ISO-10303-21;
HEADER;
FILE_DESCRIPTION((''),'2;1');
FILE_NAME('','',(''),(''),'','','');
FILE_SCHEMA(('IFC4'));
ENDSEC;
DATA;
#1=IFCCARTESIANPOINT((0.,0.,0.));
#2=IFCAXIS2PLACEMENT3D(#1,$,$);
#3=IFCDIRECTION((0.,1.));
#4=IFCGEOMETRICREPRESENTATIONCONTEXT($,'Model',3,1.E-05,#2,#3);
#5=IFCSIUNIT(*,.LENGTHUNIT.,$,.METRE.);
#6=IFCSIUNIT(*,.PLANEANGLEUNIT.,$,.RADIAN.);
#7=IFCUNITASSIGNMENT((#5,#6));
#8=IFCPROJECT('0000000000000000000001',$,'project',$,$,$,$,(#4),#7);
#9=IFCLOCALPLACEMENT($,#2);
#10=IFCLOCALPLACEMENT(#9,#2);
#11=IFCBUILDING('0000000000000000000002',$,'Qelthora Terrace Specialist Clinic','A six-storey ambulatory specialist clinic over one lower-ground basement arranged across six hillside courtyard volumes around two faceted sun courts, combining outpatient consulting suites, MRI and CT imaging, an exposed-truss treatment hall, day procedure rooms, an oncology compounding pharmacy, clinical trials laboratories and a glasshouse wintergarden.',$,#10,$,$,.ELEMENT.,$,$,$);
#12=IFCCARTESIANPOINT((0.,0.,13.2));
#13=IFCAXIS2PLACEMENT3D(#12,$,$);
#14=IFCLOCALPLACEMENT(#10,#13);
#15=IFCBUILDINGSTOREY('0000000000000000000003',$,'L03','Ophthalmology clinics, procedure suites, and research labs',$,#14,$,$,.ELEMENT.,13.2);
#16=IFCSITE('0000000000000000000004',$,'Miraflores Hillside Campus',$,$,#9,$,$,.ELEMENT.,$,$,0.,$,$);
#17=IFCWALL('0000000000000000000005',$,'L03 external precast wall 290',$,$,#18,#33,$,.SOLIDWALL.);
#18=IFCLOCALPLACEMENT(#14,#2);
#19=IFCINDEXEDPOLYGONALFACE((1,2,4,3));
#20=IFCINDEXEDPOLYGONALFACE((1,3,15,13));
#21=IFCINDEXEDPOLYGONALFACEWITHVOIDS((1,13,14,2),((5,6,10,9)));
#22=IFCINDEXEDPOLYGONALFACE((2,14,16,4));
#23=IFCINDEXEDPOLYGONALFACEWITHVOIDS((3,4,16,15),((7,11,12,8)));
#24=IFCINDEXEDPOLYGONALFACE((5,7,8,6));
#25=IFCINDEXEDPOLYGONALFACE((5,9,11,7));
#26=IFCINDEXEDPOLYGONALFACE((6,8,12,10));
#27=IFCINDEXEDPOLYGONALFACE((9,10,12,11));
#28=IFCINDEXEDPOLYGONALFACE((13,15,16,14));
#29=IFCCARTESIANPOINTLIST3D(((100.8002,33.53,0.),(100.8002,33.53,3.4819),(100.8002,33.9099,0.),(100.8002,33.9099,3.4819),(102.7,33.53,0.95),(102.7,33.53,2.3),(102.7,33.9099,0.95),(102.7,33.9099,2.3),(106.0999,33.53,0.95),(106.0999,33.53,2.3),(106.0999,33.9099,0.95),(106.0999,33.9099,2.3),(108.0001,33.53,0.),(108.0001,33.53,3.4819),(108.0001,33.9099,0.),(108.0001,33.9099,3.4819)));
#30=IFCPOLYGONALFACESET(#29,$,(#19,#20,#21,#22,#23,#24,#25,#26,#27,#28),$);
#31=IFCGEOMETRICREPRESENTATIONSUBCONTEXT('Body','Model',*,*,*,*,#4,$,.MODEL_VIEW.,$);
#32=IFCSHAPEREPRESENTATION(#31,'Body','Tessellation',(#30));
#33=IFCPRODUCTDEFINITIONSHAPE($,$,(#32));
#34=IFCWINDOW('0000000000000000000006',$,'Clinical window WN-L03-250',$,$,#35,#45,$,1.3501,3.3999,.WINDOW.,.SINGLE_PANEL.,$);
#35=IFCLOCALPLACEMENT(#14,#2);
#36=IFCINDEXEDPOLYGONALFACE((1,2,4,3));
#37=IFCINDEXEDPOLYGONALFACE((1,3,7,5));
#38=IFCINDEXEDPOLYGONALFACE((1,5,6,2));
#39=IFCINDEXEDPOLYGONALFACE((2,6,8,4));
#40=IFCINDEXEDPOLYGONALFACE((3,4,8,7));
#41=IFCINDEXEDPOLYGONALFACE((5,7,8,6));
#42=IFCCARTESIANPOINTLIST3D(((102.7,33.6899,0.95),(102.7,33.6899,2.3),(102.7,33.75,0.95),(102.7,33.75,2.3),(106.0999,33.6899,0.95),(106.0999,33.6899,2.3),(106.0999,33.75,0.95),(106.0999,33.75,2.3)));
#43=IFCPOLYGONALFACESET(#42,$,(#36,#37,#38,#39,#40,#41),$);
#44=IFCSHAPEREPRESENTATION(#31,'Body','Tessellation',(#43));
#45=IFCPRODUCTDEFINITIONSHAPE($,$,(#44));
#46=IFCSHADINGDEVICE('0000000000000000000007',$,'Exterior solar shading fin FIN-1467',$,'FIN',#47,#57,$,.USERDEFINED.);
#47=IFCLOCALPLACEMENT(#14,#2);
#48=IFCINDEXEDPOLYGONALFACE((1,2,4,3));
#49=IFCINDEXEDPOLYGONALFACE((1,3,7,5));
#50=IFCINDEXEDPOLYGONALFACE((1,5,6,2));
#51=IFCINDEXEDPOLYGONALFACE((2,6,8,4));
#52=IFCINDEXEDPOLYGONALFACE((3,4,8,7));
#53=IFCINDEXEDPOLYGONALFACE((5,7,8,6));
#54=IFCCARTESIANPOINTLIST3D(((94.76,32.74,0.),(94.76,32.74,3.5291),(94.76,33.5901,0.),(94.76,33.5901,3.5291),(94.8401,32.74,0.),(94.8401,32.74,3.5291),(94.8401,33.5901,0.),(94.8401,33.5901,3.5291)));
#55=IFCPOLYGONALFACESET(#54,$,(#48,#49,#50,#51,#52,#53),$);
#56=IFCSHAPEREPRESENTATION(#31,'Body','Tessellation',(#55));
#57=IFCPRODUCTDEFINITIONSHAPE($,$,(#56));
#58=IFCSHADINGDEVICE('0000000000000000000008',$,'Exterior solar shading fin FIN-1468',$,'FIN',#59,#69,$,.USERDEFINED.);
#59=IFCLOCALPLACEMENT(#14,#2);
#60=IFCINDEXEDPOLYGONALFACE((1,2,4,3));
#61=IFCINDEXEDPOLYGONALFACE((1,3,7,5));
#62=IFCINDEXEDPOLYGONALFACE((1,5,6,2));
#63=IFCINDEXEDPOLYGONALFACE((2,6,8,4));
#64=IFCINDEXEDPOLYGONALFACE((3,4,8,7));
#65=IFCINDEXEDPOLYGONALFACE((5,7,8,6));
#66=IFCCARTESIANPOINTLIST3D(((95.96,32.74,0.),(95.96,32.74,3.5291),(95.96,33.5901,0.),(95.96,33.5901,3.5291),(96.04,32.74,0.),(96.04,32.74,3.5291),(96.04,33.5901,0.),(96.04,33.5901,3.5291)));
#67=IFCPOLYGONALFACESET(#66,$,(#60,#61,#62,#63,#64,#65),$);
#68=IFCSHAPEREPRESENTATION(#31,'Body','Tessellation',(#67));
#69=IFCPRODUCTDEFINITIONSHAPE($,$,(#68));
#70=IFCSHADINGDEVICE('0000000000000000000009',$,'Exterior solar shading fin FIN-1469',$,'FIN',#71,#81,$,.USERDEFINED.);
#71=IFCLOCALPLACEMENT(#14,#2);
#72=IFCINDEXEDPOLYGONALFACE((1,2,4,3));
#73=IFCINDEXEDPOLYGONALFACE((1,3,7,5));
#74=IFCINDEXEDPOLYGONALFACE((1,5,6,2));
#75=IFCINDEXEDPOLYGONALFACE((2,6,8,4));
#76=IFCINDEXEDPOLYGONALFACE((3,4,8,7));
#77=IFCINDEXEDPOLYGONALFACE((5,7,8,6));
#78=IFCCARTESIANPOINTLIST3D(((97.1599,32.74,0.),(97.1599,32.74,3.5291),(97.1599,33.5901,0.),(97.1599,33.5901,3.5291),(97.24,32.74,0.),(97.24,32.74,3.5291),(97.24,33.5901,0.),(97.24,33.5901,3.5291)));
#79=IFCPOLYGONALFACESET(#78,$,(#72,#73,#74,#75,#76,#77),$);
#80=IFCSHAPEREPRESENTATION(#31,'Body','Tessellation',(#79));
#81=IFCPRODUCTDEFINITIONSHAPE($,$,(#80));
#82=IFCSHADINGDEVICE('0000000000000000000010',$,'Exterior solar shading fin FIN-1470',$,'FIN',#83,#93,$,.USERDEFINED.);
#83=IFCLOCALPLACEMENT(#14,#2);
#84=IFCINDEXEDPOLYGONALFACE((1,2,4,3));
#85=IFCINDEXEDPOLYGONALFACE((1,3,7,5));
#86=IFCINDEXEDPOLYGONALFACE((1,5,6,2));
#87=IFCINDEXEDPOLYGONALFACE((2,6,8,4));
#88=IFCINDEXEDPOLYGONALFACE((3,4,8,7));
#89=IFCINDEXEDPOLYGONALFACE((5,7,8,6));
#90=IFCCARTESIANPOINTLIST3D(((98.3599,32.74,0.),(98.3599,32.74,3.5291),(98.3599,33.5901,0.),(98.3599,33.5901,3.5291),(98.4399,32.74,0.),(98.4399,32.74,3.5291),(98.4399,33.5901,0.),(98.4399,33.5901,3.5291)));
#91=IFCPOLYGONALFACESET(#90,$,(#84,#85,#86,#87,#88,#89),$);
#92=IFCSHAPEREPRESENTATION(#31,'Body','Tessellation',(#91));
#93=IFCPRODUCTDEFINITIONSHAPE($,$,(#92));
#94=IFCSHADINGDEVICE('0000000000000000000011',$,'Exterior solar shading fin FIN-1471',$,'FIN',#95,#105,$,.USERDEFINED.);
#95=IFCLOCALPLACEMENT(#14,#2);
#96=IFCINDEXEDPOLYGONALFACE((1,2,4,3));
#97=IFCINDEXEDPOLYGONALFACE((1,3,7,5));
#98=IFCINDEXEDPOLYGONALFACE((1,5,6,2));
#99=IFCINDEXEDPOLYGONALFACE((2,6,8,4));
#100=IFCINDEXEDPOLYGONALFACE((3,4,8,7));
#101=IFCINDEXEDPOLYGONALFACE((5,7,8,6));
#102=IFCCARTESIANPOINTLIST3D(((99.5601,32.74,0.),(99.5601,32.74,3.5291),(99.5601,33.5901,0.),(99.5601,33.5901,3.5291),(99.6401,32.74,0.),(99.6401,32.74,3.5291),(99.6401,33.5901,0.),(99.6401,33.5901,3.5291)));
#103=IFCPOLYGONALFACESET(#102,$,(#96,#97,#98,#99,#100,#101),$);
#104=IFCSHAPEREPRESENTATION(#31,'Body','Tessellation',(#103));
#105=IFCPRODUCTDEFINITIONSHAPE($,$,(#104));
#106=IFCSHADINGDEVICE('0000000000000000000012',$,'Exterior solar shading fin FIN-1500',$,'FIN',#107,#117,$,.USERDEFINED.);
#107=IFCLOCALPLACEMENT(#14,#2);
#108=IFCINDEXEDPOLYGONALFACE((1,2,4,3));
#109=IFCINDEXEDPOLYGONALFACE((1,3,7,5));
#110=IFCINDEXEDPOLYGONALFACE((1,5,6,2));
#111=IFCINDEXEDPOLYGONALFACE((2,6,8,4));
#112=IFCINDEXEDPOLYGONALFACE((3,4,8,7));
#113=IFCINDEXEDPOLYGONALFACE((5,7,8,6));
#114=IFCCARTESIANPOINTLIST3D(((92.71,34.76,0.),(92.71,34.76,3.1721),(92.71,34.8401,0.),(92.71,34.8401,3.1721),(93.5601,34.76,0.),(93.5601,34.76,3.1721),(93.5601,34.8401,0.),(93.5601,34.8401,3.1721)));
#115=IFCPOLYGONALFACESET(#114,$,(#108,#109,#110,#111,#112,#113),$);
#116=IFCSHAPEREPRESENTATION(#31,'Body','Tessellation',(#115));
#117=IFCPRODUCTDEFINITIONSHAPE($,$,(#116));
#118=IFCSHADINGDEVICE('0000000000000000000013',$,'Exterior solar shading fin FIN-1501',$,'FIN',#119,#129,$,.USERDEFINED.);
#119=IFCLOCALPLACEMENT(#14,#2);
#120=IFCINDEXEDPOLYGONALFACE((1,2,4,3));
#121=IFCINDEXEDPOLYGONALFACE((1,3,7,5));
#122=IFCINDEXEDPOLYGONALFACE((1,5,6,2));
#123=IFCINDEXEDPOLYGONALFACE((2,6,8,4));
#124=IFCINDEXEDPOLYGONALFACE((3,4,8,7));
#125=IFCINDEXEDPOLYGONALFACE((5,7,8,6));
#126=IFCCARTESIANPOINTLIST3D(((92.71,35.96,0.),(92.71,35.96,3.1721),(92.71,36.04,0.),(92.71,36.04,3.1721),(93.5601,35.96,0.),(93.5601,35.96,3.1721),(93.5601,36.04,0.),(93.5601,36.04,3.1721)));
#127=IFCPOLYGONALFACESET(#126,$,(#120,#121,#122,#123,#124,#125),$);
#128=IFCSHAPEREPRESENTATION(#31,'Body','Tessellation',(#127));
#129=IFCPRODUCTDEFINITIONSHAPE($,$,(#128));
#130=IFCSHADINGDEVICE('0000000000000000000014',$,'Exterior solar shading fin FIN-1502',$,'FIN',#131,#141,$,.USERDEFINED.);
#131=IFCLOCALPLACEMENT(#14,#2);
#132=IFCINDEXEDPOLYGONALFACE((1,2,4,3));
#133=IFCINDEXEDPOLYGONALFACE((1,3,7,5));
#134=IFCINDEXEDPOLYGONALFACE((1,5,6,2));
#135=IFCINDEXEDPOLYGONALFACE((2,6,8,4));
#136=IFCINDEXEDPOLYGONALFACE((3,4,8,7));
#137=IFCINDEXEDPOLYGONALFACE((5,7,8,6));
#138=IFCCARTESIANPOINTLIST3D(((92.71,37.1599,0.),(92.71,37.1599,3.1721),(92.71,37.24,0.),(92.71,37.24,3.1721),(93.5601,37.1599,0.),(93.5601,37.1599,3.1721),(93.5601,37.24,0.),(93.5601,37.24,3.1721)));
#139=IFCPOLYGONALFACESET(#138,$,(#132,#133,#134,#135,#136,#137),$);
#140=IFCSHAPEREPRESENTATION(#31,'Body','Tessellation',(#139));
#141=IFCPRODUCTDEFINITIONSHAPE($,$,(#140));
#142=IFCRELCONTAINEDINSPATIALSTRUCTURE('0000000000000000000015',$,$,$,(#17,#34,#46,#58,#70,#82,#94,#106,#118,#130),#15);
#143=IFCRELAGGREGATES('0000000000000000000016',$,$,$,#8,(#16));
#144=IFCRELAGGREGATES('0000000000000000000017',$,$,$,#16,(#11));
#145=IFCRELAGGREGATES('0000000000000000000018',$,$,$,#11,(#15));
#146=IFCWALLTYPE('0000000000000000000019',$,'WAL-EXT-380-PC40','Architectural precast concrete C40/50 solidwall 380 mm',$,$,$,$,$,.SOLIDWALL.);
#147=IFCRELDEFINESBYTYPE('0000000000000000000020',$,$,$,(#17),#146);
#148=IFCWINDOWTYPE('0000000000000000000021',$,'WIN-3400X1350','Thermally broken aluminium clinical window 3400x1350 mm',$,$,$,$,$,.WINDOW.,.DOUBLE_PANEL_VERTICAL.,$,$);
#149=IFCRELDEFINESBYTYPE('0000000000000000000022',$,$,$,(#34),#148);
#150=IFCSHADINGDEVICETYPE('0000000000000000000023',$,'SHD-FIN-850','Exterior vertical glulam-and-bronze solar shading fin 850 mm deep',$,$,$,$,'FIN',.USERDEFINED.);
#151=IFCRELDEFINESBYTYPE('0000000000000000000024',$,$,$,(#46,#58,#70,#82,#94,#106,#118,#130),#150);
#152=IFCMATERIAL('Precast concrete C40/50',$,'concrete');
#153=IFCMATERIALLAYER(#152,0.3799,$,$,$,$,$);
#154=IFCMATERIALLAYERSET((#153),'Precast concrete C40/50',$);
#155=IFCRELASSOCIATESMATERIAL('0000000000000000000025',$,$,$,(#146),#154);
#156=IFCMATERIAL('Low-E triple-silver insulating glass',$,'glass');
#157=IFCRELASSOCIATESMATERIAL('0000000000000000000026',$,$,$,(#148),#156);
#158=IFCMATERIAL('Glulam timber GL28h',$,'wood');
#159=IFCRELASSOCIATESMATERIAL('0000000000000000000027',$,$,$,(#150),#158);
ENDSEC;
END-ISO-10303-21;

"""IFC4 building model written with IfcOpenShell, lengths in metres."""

from ifc_helpers import new_model, si_unit, direction, frame, frame_2d, origin, origin_2d, place, context, subcontext, project, spatial, rectangle, extrude, material, layer, layer_set, type_object, element, fill, save


model = new_model("IFC4")

# Units and contexts
model_context = context("Model", 3, precision=1e-05, world=origin(), true_north=direction((0.0, 1.0)))
body_context = subcontext(model_context, "Body", "Model", "MODEL_VIEW")
ifc_project = project(units=[si_unit("LENGTHUNIT", "METRE"), si_unit("PLANEANGLEUNIT", "RADIAN")], contexts=[model_context])

# Site, building, storey
site_placement = place(None, origin())
site = spatial("IfcSite", under=ifc_project, at=site_placement, Name="Miraflores Hillside Campus", CompositionType="ELEMENT", RefElevation=0.0)
building_placement = place(site_placement, origin())
building = spatial("IfcBuilding", under=site, at=building_placement, Name="Qelthora Terrace Specialist Clinic", Description="A six-storey ambulatory specialist clinic over one lower-ground basement arranged across six hillside courtyard volumes around two faceted sun courts, combining outpatient consulting suites, MRI and CT imaging, an exposed-truss treatment hall, day procedure rooms, an oncology compounding pharmacy, clinical trials laboratories and a glasshouse wintergarden.", CompositionType="ELEMENT")
storey_placement = place(building_placement, frame((0.0, 0.0, 13.2)))
storey = spatial("IfcBuildingStorey", under=building, at=storey_placement, Name="L03", Description="Ophthalmology clinics, procedure suites, and research labs", CompositionType="ELEMENT", Elevation=13.2)

# Shared definitions
ifc_material_1 = material(Name="Precast concrete C40/50", Category="concrete")

# Wall, opening, window
ifc_material_2 = material(Name="Low-E triple-silver insulating glass", Category="glass")
ifc_layer_1 = layer(ifc_material_1, 0.3799)
ifc_layer_set_1 = layer_set([ifc_layer_1], Name="Precast concrete C40/50")
wall_type_1 = type_object("IfcWallType", Name="WAL-EXT-380-PC40", Description="Architectural precast concrete C40/50 solidwall 380 mm", PredefinedType="SOLIDWALL", material=ifc_layer_set_1)
wall_1_placement = place(storey_placement, frame((100.8, 33.72, 0.0), z_axis=(0.0, 0.0, 1.0), x_axis=(1.0, 0.0, 0.0)))
wall_1 = element("IfcWall", 1, at=wall_1_placement, inside=storey, type_object=wall_type_1, Name="L03 external precast wall 290", PredefinedType="SOLIDWALL", context=body_context, shape_type="SweptSolid", body=[
    extrude(rectangle(XDim=7.2, YDim=0.3799, at=frame_2d((3.6001, 0.0))), origin(), (0.0, 0.0, 1.0), 3.4819),
])
opening_1_placement = place(wall_1_placement, frame((1.8999, 0.0, 0.95)))
opening_1 = element("IfcOpeningElement", 2, at=opening_1_placement, cuts=wall_1, PredefinedType="OPENING", context=body_context, shape_type="SweptSolid", body=[
    extrude(rectangle(XDim=3.3999, YDim=1.3501, at=frame_2d((1.7, 0.675))), frame((0.0, 0.2, 0.0), z_axis=(0.0, -1.0, 0.0), x_axis=(1.0, 0.0, 0.0)), (0.0, 0.0, 1.0), 0.3999),
])
window_type_1 = type_object("IfcWindowType", Name="WIN-3400X1350", Description="Thermally broken aluminium clinical window 3400x1350 mm", PartitioningType="DOUBLE_PANEL_VERTICAL", PredefinedType="WINDOW", material=ifc_material_2)
window_1_placement = place(opening_1_placement, origin())
window_1 = element("IfcWindow", 3, at=window_1_placement, inside=storey, type_object=window_type_1, Name="Clinical window WN-L03-250", OverallHeight=1.3501, OverallWidth=3.3999, PartitioningType="SINGLE_PANEL", PredefinedType="WINDOW", context=body_context, shape_type="SweptSolid", body=[
    extrude(rectangle(XDim=3.3999, YDim=1.3501, at=frame_2d((1.7, 0.675))), frame((0.0, 0.03, 0.0), z_axis=(0.0, -1.0, 0.0), x_axis=(1.0, 0.0, 0.0)), (0.0, 0.0, 1.0), 0.0601),
])
fill(opening_1, window_1)

# Shading devices
ifc_material_3 = material(Name="Glulam timber GL28h", Category="wood")
shading_device_type = type_object("IfcShadingDeviceType", Name="SHD-FIN-850", Description="Exterior vertical glulam-and-bronze solar shading fin 850 mm deep", ElementType="FIN", PredefinedType="USERDEFINED", material=ifc_material_3)
for number, where, z_axis, x_axis, name in (
    (4, (94.8, 33.165, 0.0), (0.0, 0.0, 1.0), (0.0, -1.0, 0.0), "Exterior solar shading fin FIN-1467"),
    (5, (96.0, 33.165, 0.0), (0.0, 0.0, 1.0), (0.0, -1.0, 0.0), "Exterior solar shading fin FIN-1468"),
    (6, (97.2, 33.165, 0.0), (0.0, 0.0, 1.0), (0.0, -1.0, 0.0), "Exterior solar shading fin FIN-1469"),
    (7, (98.3999, 33.165, 0.0), (0.0, 0.0, 1.0), (0.0, -1.0, 0.0), "Exterior solar shading fin FIN-1470"),
    (8, (99.6001, 33.165, 0.0), (0.0, 0.0, 1.0), (0.0, -1.0, 0.0), "Exterior solar shading fin FIN-1471"),
):
    element("IfcShadingDevice", number, at=place(storey_placement, frame(where, z_axis=z_axis, x_axis=x_axis)), inside=storey, type_object=shading_device_type, Name=name, ObjectType="FIN", PredefinedType="USERDEFINED", context=body_context, shape_type="SweptSolid", body=[
        extrude(rectangle(XDim=0.8501, YDim=0.0801, at=origin_2d()), origin(), (0.0, 0.0, 1.0), 3.5291),
    ])
for number, where, z_axis, x_axis, name in (
    (9, (93.135, 34.8, 0.0), (0.0, 0.0, 1.0), (-1.0, 0.0, 0.0), "Exterior solar shading fin FIN-1500"),
    (10, (93.135, 36.0, 0.0), (0.0, 0.0, 1.0), (-1.0, 0.0, 0.0), "Exterior solar shading fin FIN-1501"),
    (11, (93.135, 37.2, 0.0), (0.0, 0.0, 1.0), (-1.0, 0.0, 0.0), "Exterior solar shading fin FIN-1502"),
):
    element("IfcShadingDevice", number, at=place(storey_placement, frame(where, z_axis=z_axis, x_axis=x_axis)), inside=storey, type_object=shading_device_type, Name=name, ObjectType="FIN", PredefinedType="USERDEFINED", context=body_context, shape_type="SweptSolid", body=[
        extrude(rectangle(XDim=0.8501, YDim=0.0801, at=origin_2d()), origin(), (0.0, 0.0, 1.0), 3.1721),
    ])

save(model, "model.ifc")
